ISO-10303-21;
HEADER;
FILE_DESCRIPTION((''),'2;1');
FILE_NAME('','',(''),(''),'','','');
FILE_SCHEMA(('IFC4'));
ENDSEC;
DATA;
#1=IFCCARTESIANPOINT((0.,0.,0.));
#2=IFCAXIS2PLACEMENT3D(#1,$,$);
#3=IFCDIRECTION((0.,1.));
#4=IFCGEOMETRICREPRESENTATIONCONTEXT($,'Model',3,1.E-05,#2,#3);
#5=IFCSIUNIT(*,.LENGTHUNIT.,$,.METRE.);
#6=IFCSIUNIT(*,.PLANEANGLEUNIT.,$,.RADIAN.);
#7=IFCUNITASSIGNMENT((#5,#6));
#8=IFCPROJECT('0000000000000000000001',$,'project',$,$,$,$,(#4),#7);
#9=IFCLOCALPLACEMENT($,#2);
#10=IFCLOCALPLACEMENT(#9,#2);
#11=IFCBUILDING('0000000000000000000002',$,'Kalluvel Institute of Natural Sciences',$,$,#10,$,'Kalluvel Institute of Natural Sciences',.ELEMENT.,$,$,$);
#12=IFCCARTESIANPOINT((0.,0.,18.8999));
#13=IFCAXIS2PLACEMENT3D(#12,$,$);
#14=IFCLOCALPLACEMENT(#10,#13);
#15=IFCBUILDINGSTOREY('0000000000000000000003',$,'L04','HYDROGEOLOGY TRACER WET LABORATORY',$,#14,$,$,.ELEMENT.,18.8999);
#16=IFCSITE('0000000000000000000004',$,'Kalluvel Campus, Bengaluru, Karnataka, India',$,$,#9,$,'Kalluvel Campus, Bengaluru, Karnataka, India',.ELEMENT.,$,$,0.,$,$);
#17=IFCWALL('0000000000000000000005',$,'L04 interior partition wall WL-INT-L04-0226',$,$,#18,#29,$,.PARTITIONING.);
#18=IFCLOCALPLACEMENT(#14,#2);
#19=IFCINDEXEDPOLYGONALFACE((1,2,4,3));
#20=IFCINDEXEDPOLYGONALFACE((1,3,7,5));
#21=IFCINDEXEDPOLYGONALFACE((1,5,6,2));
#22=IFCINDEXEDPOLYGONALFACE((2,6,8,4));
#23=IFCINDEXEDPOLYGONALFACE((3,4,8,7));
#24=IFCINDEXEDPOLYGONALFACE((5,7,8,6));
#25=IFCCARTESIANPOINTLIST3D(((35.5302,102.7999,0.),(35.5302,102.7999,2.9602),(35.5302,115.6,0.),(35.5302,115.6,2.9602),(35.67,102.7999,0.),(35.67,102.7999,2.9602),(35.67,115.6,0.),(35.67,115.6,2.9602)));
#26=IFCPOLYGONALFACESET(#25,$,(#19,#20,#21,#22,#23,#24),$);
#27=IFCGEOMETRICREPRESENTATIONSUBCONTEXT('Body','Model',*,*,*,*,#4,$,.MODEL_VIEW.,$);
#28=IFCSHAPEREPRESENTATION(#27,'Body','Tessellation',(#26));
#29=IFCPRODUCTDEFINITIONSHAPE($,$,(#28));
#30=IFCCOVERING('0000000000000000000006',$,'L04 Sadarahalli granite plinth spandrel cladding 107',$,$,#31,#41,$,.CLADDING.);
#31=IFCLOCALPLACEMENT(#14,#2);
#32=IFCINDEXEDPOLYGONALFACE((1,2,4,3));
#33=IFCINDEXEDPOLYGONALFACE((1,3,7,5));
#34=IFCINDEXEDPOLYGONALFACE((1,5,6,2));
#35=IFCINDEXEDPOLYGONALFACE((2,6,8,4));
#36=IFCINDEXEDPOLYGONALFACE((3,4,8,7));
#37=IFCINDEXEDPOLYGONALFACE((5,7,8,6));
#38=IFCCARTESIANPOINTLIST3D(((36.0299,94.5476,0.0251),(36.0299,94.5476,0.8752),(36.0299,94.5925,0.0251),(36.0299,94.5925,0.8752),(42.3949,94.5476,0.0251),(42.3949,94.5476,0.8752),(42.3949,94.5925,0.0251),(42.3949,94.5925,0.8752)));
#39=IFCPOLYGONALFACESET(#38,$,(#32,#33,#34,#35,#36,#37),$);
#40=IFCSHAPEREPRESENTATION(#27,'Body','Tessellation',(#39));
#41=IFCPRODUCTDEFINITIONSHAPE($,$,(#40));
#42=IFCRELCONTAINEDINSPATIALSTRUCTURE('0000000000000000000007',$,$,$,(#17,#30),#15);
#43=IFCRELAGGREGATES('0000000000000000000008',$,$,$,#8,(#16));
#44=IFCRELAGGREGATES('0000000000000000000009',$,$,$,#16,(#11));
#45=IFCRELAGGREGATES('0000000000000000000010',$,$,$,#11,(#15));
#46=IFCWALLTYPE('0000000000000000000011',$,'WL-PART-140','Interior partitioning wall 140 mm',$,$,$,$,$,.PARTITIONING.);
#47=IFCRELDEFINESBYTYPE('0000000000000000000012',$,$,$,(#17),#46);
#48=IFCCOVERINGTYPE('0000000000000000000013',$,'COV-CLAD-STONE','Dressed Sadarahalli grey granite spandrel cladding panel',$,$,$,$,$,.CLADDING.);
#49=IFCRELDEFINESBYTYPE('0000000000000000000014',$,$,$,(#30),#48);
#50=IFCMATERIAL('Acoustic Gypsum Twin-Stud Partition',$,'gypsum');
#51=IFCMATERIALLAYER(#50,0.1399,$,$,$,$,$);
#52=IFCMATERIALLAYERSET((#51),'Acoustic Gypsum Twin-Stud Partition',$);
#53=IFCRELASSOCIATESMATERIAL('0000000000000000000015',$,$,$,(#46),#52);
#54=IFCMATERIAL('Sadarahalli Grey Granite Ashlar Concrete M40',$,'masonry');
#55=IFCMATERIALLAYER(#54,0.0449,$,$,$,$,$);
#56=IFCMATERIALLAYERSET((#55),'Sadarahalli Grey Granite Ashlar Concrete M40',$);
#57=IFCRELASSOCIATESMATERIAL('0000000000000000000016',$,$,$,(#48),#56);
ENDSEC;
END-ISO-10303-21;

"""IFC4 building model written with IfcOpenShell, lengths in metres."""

from ifc_helpers import new_model, si_unit, direction, frame, frame_2d, origin, origin_2d, place, context, subcontext, project, spatial, rectangle, extrude, material, layer, layer_set, type_object, element, save


model = new_model("IFC4")

# Units and contexts
model_context = context("Model", 3, precision=1e-05, world=origin(), true_north=direction((0.0, 1.0)))
body_context = subcontext(model_context, "Body", "Model", "MODEL_VIEW")
ifc_project = project(units=[si_unit("LENGTHUNIT", "METRE"), si_unit("PLANEANGLEUNIT", "RADIAN")], contexts=[model_context])

# Site, building, storey
site_placement = place(None, origin())
site = spatial("IfcSite", under=ifc_project, at=site_placement, Name="Kalluvel Campus, Bengaluru, Karnataka, India", LongName="Kalluvel Campus, Bengaluru, Karnataka, India", CompositionType="ELEMENT", RefElevation=0.0)
building_placement = place(site_placement, origin())
building = spatial("IfcBuilding", under=site, at=building_placement, Name="Kalluvel Institute of Natural Sciences", LongName="Kalluvel Institute of Natural Sciences", CompositionType="ELEMENT")
storey_placement = place(building_placement, frame((0.0, 0.0, 18.8999)))
storey = spatial("IfcBuildingStorey", under=building, at=storey_placement, Name="L04", Description="HYDROGEOLOGY TRACER WET LABORATORY", CompositionType="ELEMENT", Elevation=18.8999)

# Wall
ifc_material_1 = material(Name="Sadarahalli Grey Granite Ashlar Concrete M40", Category="masonry")
ifc_material_2 = material(Name="Acoustic Gypsum Twin-Stud Partition", Category="gypsum")
ifc_layer_1 = layer(ifc_material_2, 0.1399)
ifc_layer_set_1 = layer_set([ifc_layer_1], Name="Acoustic Gypsum Twin-Stud Partition")
wall_type_1 = type_object("IfcWallType", Name="WL-PART-140", Description="Interior partitioning wall 140 mm", PredefinedType="PARTITIONING", material=ifc_layer_set_1)
wall_1_placement = place(storey_placement, frame((35.6001, 102.8, 0.0), z_axis=(0.0, 0.0, 1.0), x_axis=(0.0, 1.0, 0.0)))
element("IfcWall", 1, at=wall_1_placement, inside=storey, type_object=wall_type_1, Name="L04 interior partition wall WL-INT-L04-0226", PredefinedType="PARTITIONING", context=body_context, shape_type="SweptSolid", body=[
    extrude(rectangle(XDim=12.8, YDim=0.1399, at=frame_2d((6.3999, 0.0))), origin(), (0.0, 0.0, 1.0), 2.9602),
])

# Covering
ifc_layer_2 = layer(ifc_material_1, 0.0449)
ifc_layer_set_2 = layer_set([ifc_layer_2], Name="Sadarahalli Grey Granite Ashlar Concrete M40")
covering_type = type_object("IfcCoveringType", Name="COV-CLAD-STONE", Description="Dressed Sadarahalli grey granite spandrel cladding panel", PredefinedType="CLADDING", material=ifc_layer_set_2)
covering_placement = place(storey_placement, frame((39.2124, 94.5701, 0.0251), z_axis=(0.0, 0.0, 1.0), x_axis=(1.0, 0.0, 0.0)))
element("IfcCovering", 2, at=covering_placement, inside=storey, type_object=covering_type, Name="L04 Sadarahalli granite plinth spandrel cladding 107", PredefinedType="CLADDING", context=body_context, shape_type="SweptSolid", body=[
    extrude(rectangle(XDim=6.365, YDim=0.0449, at=origin_2d()), origin(), (0.0, 0.0, 1.0), 0.8501),
])

save(model, "model.ifc")
